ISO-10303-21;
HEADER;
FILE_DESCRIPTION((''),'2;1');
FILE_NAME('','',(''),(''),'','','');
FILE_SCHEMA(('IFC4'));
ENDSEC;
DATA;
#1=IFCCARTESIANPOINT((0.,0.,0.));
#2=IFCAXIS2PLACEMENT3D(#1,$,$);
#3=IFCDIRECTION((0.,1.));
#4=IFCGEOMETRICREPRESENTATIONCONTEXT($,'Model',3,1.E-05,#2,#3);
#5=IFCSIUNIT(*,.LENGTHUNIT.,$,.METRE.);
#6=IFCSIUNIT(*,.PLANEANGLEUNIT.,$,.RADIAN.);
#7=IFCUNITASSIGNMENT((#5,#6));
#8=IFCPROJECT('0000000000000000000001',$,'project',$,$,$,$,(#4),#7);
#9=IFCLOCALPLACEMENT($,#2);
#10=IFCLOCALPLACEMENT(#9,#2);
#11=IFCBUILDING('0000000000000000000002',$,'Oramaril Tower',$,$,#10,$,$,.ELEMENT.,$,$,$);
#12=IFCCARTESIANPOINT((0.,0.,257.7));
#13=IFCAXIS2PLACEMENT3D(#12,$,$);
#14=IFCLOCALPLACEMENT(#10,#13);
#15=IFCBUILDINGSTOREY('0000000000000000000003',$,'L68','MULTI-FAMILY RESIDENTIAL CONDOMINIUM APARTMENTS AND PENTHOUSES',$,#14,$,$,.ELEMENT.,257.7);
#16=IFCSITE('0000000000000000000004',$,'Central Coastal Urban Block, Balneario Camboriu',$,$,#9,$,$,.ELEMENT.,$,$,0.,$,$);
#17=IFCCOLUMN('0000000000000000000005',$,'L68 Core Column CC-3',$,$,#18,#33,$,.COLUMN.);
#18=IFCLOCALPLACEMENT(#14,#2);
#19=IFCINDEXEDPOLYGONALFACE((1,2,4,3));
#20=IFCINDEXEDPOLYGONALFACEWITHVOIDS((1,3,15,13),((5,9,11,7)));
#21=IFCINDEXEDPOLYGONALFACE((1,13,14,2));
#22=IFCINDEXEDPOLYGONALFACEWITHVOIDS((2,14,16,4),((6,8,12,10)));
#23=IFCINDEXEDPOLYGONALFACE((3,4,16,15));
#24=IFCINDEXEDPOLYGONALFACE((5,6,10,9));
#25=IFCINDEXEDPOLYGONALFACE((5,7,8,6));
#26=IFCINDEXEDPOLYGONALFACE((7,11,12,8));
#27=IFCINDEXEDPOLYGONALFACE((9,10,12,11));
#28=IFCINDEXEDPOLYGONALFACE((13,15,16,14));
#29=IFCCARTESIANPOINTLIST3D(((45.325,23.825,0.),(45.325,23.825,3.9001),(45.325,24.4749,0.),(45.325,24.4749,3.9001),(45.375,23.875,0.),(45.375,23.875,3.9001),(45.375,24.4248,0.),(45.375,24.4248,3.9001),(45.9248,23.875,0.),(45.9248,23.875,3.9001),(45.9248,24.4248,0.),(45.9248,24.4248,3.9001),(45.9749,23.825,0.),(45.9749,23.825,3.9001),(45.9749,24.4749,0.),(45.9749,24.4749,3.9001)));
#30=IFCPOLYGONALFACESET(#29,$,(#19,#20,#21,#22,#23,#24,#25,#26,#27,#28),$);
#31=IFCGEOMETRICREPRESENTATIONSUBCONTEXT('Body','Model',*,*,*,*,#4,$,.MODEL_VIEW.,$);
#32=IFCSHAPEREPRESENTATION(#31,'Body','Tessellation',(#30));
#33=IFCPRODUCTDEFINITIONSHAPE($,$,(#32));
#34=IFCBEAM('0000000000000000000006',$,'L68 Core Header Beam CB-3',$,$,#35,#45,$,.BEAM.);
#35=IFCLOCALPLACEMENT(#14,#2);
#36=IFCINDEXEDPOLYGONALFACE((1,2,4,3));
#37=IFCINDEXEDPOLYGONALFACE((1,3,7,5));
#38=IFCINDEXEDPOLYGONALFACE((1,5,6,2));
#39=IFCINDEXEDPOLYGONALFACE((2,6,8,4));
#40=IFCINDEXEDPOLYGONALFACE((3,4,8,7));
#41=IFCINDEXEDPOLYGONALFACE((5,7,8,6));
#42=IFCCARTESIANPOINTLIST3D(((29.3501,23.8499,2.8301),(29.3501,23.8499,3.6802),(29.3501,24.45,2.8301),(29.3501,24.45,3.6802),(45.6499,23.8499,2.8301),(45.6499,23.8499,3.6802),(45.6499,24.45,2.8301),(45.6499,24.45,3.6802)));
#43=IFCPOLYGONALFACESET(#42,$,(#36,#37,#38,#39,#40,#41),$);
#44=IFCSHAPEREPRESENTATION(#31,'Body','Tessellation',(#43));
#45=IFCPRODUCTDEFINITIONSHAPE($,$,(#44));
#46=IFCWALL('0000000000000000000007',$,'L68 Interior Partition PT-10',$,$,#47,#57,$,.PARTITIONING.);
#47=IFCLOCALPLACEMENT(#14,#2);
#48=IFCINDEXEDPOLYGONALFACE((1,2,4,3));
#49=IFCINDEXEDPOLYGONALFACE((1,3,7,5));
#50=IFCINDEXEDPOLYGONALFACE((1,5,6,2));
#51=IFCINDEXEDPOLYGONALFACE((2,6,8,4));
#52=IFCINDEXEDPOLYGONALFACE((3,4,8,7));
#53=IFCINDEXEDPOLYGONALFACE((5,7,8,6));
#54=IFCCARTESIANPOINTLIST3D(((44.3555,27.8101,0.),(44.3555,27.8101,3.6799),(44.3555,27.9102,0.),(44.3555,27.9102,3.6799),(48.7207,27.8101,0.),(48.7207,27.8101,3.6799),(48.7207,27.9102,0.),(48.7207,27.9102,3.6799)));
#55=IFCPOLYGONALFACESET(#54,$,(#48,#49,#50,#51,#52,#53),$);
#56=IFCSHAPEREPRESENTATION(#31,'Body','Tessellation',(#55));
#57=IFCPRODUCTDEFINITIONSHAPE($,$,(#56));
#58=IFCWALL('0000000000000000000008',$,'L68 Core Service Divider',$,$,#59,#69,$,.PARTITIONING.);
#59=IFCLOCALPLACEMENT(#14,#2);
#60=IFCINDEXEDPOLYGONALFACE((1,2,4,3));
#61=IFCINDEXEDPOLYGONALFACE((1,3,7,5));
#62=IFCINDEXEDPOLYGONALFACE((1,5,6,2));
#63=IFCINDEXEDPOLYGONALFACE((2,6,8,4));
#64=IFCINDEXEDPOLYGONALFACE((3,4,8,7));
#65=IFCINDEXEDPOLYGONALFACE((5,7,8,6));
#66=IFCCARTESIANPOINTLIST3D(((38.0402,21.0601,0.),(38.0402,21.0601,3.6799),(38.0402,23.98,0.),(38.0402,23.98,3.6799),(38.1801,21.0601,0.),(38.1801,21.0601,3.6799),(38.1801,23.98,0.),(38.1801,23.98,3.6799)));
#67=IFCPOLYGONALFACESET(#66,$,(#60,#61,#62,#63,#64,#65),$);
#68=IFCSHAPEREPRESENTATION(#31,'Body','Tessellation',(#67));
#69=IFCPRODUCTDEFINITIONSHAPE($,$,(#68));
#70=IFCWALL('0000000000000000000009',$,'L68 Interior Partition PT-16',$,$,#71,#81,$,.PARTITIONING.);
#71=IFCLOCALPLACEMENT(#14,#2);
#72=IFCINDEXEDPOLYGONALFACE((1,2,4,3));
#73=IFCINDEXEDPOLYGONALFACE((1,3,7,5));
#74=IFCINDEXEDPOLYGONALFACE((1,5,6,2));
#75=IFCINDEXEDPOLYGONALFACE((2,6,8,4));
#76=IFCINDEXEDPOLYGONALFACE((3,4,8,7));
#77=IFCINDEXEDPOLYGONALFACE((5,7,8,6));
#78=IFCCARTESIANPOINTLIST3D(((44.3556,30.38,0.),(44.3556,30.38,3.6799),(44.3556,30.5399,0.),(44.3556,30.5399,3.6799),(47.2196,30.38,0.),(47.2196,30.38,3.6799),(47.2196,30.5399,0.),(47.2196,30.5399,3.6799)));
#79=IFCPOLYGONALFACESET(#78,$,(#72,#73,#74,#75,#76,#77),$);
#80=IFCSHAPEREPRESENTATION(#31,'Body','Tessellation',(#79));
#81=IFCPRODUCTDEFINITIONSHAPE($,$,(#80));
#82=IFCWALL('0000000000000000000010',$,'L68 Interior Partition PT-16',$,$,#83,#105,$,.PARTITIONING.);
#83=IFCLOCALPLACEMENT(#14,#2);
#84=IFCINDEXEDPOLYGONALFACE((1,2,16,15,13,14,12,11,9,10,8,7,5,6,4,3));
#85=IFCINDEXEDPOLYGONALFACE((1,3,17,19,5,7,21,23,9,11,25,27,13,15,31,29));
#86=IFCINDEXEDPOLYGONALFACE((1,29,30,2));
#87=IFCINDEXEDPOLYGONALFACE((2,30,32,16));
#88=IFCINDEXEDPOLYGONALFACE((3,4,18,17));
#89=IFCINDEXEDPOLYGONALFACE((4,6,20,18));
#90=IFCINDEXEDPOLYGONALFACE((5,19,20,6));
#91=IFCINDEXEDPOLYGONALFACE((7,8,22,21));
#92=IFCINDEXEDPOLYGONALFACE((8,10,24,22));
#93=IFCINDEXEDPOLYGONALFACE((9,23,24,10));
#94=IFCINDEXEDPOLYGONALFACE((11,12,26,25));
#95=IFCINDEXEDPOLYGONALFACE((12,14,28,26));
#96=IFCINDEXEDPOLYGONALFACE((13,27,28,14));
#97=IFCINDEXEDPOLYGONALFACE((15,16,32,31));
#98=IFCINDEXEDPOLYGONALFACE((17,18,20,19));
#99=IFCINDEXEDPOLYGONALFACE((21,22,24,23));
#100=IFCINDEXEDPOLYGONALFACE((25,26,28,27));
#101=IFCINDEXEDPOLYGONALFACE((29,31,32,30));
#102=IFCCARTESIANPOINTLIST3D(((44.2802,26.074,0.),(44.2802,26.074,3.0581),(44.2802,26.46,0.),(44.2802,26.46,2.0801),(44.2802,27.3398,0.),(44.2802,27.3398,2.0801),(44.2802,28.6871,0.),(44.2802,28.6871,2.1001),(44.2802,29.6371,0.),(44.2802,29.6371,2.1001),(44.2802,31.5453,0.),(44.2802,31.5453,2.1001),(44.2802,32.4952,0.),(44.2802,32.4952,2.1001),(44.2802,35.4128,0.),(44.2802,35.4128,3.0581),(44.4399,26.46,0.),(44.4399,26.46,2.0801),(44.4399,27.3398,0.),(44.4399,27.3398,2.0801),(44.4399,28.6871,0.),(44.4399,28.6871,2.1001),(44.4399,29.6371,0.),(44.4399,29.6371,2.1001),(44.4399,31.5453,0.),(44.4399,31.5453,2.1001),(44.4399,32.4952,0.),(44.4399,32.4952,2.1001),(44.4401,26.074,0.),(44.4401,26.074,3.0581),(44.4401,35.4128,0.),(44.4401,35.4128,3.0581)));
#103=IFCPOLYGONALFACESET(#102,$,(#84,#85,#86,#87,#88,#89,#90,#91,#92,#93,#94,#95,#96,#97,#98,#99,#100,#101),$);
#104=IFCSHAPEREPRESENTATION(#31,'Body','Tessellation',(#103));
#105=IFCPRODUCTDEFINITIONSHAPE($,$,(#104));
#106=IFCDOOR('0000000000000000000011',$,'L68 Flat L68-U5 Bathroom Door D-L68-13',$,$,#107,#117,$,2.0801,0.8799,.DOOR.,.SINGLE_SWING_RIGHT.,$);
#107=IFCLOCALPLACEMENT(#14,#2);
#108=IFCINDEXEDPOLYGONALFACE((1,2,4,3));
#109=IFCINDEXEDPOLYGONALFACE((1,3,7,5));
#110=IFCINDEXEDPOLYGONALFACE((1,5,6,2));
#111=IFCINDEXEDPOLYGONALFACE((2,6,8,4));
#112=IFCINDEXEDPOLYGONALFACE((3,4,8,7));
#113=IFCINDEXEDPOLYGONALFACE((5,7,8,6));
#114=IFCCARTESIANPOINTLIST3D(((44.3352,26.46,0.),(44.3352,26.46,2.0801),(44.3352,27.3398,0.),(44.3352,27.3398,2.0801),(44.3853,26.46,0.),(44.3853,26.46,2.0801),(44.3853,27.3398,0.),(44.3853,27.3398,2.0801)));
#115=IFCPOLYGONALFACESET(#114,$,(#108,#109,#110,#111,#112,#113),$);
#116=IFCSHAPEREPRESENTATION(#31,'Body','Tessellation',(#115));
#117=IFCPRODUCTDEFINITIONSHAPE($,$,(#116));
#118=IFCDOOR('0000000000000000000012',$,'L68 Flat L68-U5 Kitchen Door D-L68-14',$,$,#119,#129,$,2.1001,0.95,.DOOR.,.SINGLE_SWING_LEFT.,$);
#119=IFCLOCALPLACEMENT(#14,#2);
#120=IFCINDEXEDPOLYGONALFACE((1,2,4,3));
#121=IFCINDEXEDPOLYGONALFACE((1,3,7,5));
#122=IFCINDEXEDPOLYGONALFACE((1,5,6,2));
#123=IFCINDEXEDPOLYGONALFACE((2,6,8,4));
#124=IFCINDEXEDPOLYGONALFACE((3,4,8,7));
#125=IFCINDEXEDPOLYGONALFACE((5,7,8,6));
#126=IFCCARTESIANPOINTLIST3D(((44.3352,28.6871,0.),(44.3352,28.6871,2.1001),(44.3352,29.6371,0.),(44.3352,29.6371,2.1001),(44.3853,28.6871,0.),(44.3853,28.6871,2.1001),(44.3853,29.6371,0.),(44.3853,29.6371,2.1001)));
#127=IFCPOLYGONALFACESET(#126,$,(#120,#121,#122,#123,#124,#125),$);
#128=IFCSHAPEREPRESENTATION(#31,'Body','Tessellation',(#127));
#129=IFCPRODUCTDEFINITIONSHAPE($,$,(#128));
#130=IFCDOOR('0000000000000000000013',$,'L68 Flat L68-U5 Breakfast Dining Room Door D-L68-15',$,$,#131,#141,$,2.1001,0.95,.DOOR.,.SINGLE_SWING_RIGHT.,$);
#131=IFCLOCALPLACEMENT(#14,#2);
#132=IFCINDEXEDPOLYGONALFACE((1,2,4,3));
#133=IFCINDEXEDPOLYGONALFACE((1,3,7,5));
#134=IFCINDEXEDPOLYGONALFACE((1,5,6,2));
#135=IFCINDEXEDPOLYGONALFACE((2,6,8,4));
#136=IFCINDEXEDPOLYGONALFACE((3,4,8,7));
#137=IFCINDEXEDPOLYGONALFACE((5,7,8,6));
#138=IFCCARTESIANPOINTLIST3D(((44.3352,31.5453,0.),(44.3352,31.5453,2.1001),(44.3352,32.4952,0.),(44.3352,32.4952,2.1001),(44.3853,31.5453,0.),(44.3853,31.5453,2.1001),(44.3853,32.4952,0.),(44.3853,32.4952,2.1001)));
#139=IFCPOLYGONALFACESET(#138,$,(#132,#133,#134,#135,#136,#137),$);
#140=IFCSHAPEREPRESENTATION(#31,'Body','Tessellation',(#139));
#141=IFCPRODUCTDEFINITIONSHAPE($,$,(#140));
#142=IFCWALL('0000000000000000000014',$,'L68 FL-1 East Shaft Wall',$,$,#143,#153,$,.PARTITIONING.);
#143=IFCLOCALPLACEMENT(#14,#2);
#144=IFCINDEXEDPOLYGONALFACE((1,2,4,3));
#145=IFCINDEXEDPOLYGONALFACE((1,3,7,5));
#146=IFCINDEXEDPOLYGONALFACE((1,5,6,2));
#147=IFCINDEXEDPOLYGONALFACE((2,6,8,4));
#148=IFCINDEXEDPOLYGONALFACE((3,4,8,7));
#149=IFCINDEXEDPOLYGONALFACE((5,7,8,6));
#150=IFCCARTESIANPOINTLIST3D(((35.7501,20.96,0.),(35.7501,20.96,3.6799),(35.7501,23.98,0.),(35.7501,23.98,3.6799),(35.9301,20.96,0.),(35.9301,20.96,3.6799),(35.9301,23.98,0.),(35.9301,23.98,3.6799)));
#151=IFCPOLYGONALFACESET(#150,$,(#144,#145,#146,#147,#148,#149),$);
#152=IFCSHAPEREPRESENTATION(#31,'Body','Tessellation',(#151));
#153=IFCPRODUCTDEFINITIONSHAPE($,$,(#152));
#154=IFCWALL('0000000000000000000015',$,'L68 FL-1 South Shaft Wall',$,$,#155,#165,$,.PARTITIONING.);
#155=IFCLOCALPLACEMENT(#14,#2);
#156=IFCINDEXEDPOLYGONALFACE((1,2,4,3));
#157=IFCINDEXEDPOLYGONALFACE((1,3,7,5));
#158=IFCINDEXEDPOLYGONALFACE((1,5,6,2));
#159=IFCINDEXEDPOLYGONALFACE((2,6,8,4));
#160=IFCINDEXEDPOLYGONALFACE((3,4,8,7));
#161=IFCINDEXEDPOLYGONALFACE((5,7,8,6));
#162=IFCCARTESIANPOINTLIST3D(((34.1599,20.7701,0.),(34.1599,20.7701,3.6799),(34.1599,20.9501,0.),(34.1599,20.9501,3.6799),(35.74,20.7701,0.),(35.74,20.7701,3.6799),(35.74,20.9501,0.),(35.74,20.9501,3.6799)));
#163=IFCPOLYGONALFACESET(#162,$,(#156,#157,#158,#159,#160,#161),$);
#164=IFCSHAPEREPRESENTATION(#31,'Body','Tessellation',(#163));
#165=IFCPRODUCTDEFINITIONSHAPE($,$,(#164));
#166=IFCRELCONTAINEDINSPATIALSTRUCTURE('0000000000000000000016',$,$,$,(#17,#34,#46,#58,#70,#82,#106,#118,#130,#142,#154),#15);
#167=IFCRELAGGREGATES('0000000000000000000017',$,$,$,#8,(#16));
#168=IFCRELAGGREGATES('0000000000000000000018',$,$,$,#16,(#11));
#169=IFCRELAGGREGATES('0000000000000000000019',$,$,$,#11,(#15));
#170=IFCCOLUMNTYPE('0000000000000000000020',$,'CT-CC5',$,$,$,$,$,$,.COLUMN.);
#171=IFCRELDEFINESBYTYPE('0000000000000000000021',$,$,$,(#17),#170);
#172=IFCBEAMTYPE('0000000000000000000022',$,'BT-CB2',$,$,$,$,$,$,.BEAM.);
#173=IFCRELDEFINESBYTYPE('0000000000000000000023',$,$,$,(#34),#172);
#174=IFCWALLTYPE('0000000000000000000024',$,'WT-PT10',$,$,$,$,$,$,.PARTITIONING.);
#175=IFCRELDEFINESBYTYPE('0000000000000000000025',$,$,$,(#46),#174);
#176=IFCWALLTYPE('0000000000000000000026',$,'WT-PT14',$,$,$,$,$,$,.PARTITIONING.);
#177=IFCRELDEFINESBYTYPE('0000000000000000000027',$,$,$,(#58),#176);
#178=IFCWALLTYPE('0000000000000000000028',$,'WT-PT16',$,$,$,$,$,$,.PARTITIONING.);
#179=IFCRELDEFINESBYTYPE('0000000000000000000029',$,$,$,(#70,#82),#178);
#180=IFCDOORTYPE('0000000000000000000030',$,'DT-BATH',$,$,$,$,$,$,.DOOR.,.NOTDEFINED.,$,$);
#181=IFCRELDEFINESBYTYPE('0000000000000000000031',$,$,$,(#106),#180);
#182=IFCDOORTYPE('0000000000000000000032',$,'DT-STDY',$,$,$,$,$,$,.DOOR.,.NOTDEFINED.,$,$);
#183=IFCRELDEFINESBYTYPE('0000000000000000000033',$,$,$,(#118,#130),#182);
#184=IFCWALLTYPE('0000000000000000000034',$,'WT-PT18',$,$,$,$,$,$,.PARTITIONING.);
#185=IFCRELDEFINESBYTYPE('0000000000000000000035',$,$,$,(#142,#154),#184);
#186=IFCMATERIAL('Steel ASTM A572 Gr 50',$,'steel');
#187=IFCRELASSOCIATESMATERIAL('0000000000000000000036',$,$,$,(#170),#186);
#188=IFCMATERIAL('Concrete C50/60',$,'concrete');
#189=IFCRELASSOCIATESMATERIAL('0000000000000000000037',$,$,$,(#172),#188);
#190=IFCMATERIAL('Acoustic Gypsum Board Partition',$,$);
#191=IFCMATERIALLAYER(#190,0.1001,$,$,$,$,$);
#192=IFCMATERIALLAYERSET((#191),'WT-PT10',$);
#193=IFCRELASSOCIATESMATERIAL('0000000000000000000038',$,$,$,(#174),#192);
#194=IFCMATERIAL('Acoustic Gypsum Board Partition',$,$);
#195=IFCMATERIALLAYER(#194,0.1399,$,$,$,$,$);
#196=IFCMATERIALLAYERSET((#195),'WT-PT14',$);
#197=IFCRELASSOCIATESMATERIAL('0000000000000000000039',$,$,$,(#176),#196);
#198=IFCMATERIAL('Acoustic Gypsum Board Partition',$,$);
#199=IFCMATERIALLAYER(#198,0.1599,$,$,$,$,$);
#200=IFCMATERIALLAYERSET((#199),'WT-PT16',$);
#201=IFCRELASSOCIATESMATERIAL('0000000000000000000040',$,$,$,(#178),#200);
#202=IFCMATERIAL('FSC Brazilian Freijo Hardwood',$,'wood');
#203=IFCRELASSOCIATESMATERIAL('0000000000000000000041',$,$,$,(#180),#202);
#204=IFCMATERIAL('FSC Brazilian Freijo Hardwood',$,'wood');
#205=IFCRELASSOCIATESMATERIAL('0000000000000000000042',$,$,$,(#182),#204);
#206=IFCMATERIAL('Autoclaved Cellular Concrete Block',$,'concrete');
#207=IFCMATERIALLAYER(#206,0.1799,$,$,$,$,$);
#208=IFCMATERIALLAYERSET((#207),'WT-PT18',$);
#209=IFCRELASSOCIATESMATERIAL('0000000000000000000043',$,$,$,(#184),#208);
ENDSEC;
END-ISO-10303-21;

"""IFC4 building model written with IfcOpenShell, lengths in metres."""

from ifc_helpers import new_model, si_unit, direction, frame, frame_2d, origin, origin_2d, place, context, subcontext, project, spatial, rectangle, hollow_rectangle, extrude, material, layer, layer_set, material_profile, profile_set, type_object, element, fill, save


model = new_model("IFC4")

# Units and contexts
model_context = context("Model", 3, precision=1e-05, world=origin(), true_north=direction((0.0, 1.0)))
body_context = subcontext(model_context, "Body", "Model", "MODEL_VIEW")
ifc_project = project(units=[si_unit("LENGTHUNIT", "METRE"), si_unit("PLANEANGLEUNIT", "RADIAN")], contexts=[model_context])

# Site, building, storey
site_placement = place(None, origin())
site = spatial("IfcSite", under=ifc_project, at=site_placement, Name="Central Coastal Urban Block, Balneario Camboriu", CompositionType="ELEMENT", RefElevation=0.0)
building_placement = place(site_placement, origin())
building = spatial("IfcBuilding", under=site, at=building_placement, Name="Oramaril Tower", CompositionType="ELEMENT")
storey_placement = place(building_placement, frame((0.0, 0.0, 257.7)))
storey = spatial("IfcBuildingStorey", under=building, at=storey_placement, Name="L68", Description="MULTI-FAMILY RESIDENTIAL CONDOMINIUM APARTMENTS AND PENTHOUSES", CompositionType="ELEMENT", Elevation=257.7)

# Column
ifc_material_1 = material(Name="Steel ASTM A572 Gr 50", Category="steel")
ifc_material_profile_1 = material_profile(ifc_material_1, hollow_rectangle(XDim=0.6499, YDim=0.6499, WallThickness=0.05, at=origin_2d()), Name="BOX650X650X50")
ifc_profile_set_1 = profile_set([ifc_material_profile_1], Name="Steel ASTM A572 Gr 50")
column_type = type_object("IfcColumnType", Name="CT-CC5", PredefinedType="COLUMN", material=ifc_profile_set_1)
column_placement = place(storey_placement, frame((45.6499, 24.1499, 0.0), z_axis=(0.0, 0.0, 1.0), x_axis=(1.0, 0.0, 0.0)))
element("IfcColumn", 1, at=column_placement, inside=storey, type_object=column_type, Name="L68 Core Column CC-3", PredefinedType="COLUMN", context=body_context, shape_type="SweptSolid", body=[
    extrude(hollow_rectangle(XDim=0.6499, YDim=0.6499, WallThickness=0.05, at=origin_2d()), origin(), (0.0, 0.0, 1.0), 3.9001),
])

# Beam
ifc_material_2 = material(Name="Concrete C50/60", Category="concrete")
ifc_material_profile_2 = material_profile(ifc_material_2, rectangle(XDim=0.6001, YDim=0.8501, at=origin_2d()), Name="CB600X850")
ifc_profile_set_2 = profile_set([ifc_material_profile_2], Name="Concrete C50/60")
beam_type = type_object("IfcBeamType", Name="BT-CB2", PredefinedType="BEAM", material=ifc_profile_set_2)
beam_placement = place(storey_placement, frame((45.6499, 24.1499, 3.2551), z_axis=(-1.0, 0.0, 0.0), x_axis=(0.0, -1.0, 0.0)))
element("IfcBeam", 2, at=beam_placement, inside=storey, type_object=beam_type, Name="L68 Core Header Beam CB-3", PredefinedType="BEAM", context=body_context, shape_type="SweptSolid", body=[
    extrude(rectangle(XDim=0.6001, YDim=0.8501, at=origin_2d()), origin(), (0.0, 0.0, 1.0), 16.2998),
])

# Walls
ifc_material_3 = material(Name="Acoustic Gypsum Board Partition")
ifc_layer_1 = layer(ifc_material_3, 0.1001)
ifc_layer_set_1 = layer_set([ifc_layer_1], Name="WT-PT10")
wall_type_1 = type_object("IfcWallType", Name="WT-PT10", PredefinedType="PARTITIONING", material=ifc_layer_set_1)
wall_1_placement = place(storey_placement, frame((44.3555, 27.8601, 0.0), z_axis=(0.0, 0.0, 1.0), x_axis=(1.0, 0.0, 0.0)))
element("IfcWall", 3, at=wall_1_placement, inside=storey, type_object=wall_type_1, Name="L68 Interior Partition PT-10", PredefinedType="PARTITIONING", context=body_context, shape_type="SweptSolid", body=[
    extrude(rectangle(XDim=4.3652, YDim=0.1001, at=frame_2d((2.1826, 0.0))), origin(), (0.0, 0.0, 1.0), 3.6799),
])
ifc_material_4 = material(Name="Acoustic Gypsum Board Partition")
ifc_layer_2 = layer(ifc_material_4, 0.1399)
ifc_layer_set_2 = layer_set([ifc_layer_2], Name="WT-PT14")
wall_type_2 = type_object("IfcWallType", Name="WT-PT14", PredefinedType="PARTITIONING", material=ifc_layer_set_2)
wall_2_placement = place(storey_placement, frame((38.1101, 21.0601, 0.0), z_axis=(0.0, 0.0, 1.0), x_axis=(0.0, 1.0, 0.0)))
element("IfcWall", 4, at=wall_2_placement, inside=storey, type_object=wall_type_2, Name="L68 Core Service Divider", PredefinedType="PARTITIONING", context=body_context, shape_type="SweptSolid", body=[
    extrude(rectangle(XDim=2.9199, YDim=0.1399, at=frame_2d((1.46, 0.0))), origin(), (0.0, 0.0, 1.0), 3.6799),
])
ifc_material_5 = material(Name="Acoustic Gypsum Board Partition")
ifc_layer_3 = layer(ifc_material_5, 0.1599)
ifc_layer_set_3 = layer_set([ifc_layer_3], Name="WT-PT16")
wall_type_3 = type_object("IfcWallType", Name="WT-PT16", PredefinedType="PARTITIONING", material=ifc_layer_set_3)
wall_3_placement = place(storey_placement, frame((44.3555, 30.46, 0.0), z_axis=(0.0, 0.0, 1.0), x_axis=(1.0, 0.0, 0.0)))
element("IfcWall", 5, at=wall_3_placement, inside=storey, type_object=wall_type_3, Name="L68 Interior Partition PT-16", PredefinedType="PARTITIONING", context=body_context, shape_type="SweptSolid", body=[
    extrude(rectangle(XDim=2.864, YDim=0.1599, at=frame_2d((1.4321, 0.0))), origin(), (0.0, 0.0, 1.0), 3.6799),
])

# Wall, openings, doors
wall_4_placement = place(storey_placement, frame((44.3601, 26.074, 0.0), z_axis=(0.0, 0.0, 1.0), x_axis=(0.0, 1.0, 0.0)))
wall_4 = element("IfcWall", 6, at=wall_4_placement, inside=storey, type_object=wall_type_3, Name="L68 Interior Partition PT-16", PredefinedType="PARTITIONING", context=body_context, shape_type="SweptSolid", body=[
    extrude(rectangle(XDim=9.3389, YDim=0.1599, at=frame_2d((4.6694, 0.0))), origin(), (0.0, 0.0, 1.0), 3.0581),
])
opening_1_placement = place(wall_4_placement, frame((0.386, 0.0, 0.0)))
opening_1 = element("IfcOpeningElement", 7, at=opening_1_placement, cuts=wall_4, PredefinedType="OPENING", context=body_context, shape_type="SweptSolid", body=[
    extrude(rectangle(XDim=0.8799, YDim=2.0801, at=frame_2d((0.4399, 1.04))), frame((0.0, 0.0801, 0.0), z_axis=(0.0, -1.0, 0.0), x_axis=(1.0, 0.0, 0.0)), (0.0, 0.0, 1.0), 0.1599),
])
opening_2_placement = place(wall_4_placement, frame((2.613, 0.0, 0.0)))
opening_2 = element("IfcOpeningElement", 8, at=opening_2_placement, cuts=wall_4, PredefinedType="OPENING", context=body_context, shape_type="SweptSolid", body=[
    extrude(rectangle(XDim=0.95, YDim=2.1001, at=frame_2d((0.4751, 1.05))), frame((0.0, 0.0801, 0.0), z_axis=(0.0, -1.0, 0.0), x_axis=(1.0, 0.0, 0.0)), (0.0, 0.0, 1.0), 0.1599),
])
opening_3_placement = place(wall_4_placement, frame((5.4712, 0.0, 0.0)))
opening_3 = element("IfcOpeningElement", 9, at=opening_3_placement, cuts=wall_4, PredefinedType="OPENING", context=body_context, shape_type="SweptSolid", body=[
    extrude(rectangle(XDim=0.95, YDim=2.1001, at=frame_2d((0.4751, 1.05))), frame((0.0, 0.0801, 0.0), z_axis=(0.0, -1.0, 0.0), x_axis=(1.0, 0.0, 0.0)), (0.0, 0.0, 1.0), 0.1599),
])
ifc_material_6 = material(Name="FSC Brazilian Freijo Hardwood", Category="wood")
door_type_1 = type_object("IfcDoorType", Name="DT-BATH", OperationType="NOTDEFINED", PredefinedType="DOOR", material=ifc_material_6)
door_1_placement = place(opening_1_placement, origin())
door_1 = element("IfcDoor", 10, at=door_1_placement, inside=storey, type_object=door_type_1, Name="L68 Flat L68-U5 Bathroom Door D-L68-13", OperationType="SINGLE_SWING_RIGHT", OverallHeight=2.0801, OverallWidth=0.8799, PredefinedType="DOOR", context=body_context, shape_type="SweptSolid", body=[
    extrude(rectangle(XDim=0.8799, YDim=2.0801, at=frame_2d((0.4399, 1.04))), frame((0.0, 0.0249, 0.0), z_axis=(0.0, -1.0, 0.0), x_axis=(1.0, 0.0, 0.0)), (0.0, 0.0, 1.0), 0.05),
])
fill(opening_1, door_1)
ifc_material_7 = material(Name="FSC Brazilian Freijo Hardwood", Category="wood")
door_type_2 = type_object("IfcDoorType", Name="DT-STDY", OperationType="NOTDEFINED", PredefinedType="DOOR", material=ifc_material_7)
door_2_placement = place(opening_2_placement, origin())
door_2 = element("IfcDoor", 11, at=door_2_placement, inside=storey, type_object=door_type_2, Name="L68 Flat L68-U5 Kitchen Door D-L68-14", OperationType="SINGLE_SWING_LEFT", OverallHeight=2.1001, OverallWidth=0.95, PredefinedType="DOOR", context=body_context, shape_type="SweptSolid", body=[
    extrude(rectangle(XDim=0.95, YDim=2.1001, at=frame_2d((0.4751, 1.05))), frame((0.0, 0.0249, 0.0), z_axis=(0.0, -1.0, 0.0), x_axis=(1.0, 0.0, 0.0)), (0.0, 0.0, 1.0), 0.05),
])
fill(opening_2, door_2)
door_3_placement = place(opening_3_placement, origin())
door_3 = element("IfcDoor", 12, at=door_3_placement, inside=storey, type_object=door_type_2, Name="L68 Flat L68-U5 Breakfast Dining Room Door D-L68-15", OperationType="SINGLE_SWING_RIGHT", OverallHeight=2.1001, OverallWidth=0.95, PredefinedType="DOOR", context=body_context, shape_type="SweptSolid", body=[
    extrude(rectangle(XDim=0.95, YDim=2.1001, at=frame_2d((0.4751, 1.05))), frame((0.0, 0.0249, 0.0), z_axis=(0.0, -1.0, 0.0), x_axis=(1.0, 0.0, 0.0)), (0.0, 0.0, 1.0), 0.05),
])
fill(opening_3, door_3)

# Walls
ifc_material_8 = material(Name="Autoclaved Cellular Concrete Block", Category="concrete")
ifc_layer_4 = layer(ifc_material_8, 0.1799)
ifc_layer_set_4 = layer_set([ifc_layer_4], Name="WT-PT18")
wall_type_4 = type_object("IfcWallType", Name="WT-PT18", PredefinedType="PARTITIONING", material=ifc_layer_set_4)
wall_5_placement = place(storey_placement, frame((35.8401, 20.96, 0.0), z_axis=(0.0, 0.0, 1.0), x_axis=(0.0, 1.0, 0.0)))
element("IfcWall", 13, at=wall_5_placement, inside=storey, type_object=wall_type_4, Name="L68 FL-1 East Shaft Wall", PredefinedType="PARTITIONING", context=body_context, shape_type="SweptSolid", body=[
    extrude(rectangle(XDim=3.02, YDim=0.1799, at=frame_2d((1.51, 0.0))), origin(), (0.0, 0.0, 1.0), 3.6799),
])
wall_6_placement = place(storey_placement, frame((34.1599, 20.8601, 0.0), z_axis=(0.0, 0.0, 1.0), x_axis=(1.0, 0.0, 0.0)))
element("IfcWall", 14, at=wall_6_placement, inside=storey, type_object=wall_type_4, Name="L68 FL-1 South Shaft Wall", PredefinedType="PARTITIONING", context=body_context, shape_type="SweptSolid", body=[
    extrude(rectangle(XDim=1.5801, YDim=0.1799, at=frame_2d((0.79, 0.0))), origin(), (0.0, 0.0, 1.0), 3.6799),
])

save(model, "model.ifc")
